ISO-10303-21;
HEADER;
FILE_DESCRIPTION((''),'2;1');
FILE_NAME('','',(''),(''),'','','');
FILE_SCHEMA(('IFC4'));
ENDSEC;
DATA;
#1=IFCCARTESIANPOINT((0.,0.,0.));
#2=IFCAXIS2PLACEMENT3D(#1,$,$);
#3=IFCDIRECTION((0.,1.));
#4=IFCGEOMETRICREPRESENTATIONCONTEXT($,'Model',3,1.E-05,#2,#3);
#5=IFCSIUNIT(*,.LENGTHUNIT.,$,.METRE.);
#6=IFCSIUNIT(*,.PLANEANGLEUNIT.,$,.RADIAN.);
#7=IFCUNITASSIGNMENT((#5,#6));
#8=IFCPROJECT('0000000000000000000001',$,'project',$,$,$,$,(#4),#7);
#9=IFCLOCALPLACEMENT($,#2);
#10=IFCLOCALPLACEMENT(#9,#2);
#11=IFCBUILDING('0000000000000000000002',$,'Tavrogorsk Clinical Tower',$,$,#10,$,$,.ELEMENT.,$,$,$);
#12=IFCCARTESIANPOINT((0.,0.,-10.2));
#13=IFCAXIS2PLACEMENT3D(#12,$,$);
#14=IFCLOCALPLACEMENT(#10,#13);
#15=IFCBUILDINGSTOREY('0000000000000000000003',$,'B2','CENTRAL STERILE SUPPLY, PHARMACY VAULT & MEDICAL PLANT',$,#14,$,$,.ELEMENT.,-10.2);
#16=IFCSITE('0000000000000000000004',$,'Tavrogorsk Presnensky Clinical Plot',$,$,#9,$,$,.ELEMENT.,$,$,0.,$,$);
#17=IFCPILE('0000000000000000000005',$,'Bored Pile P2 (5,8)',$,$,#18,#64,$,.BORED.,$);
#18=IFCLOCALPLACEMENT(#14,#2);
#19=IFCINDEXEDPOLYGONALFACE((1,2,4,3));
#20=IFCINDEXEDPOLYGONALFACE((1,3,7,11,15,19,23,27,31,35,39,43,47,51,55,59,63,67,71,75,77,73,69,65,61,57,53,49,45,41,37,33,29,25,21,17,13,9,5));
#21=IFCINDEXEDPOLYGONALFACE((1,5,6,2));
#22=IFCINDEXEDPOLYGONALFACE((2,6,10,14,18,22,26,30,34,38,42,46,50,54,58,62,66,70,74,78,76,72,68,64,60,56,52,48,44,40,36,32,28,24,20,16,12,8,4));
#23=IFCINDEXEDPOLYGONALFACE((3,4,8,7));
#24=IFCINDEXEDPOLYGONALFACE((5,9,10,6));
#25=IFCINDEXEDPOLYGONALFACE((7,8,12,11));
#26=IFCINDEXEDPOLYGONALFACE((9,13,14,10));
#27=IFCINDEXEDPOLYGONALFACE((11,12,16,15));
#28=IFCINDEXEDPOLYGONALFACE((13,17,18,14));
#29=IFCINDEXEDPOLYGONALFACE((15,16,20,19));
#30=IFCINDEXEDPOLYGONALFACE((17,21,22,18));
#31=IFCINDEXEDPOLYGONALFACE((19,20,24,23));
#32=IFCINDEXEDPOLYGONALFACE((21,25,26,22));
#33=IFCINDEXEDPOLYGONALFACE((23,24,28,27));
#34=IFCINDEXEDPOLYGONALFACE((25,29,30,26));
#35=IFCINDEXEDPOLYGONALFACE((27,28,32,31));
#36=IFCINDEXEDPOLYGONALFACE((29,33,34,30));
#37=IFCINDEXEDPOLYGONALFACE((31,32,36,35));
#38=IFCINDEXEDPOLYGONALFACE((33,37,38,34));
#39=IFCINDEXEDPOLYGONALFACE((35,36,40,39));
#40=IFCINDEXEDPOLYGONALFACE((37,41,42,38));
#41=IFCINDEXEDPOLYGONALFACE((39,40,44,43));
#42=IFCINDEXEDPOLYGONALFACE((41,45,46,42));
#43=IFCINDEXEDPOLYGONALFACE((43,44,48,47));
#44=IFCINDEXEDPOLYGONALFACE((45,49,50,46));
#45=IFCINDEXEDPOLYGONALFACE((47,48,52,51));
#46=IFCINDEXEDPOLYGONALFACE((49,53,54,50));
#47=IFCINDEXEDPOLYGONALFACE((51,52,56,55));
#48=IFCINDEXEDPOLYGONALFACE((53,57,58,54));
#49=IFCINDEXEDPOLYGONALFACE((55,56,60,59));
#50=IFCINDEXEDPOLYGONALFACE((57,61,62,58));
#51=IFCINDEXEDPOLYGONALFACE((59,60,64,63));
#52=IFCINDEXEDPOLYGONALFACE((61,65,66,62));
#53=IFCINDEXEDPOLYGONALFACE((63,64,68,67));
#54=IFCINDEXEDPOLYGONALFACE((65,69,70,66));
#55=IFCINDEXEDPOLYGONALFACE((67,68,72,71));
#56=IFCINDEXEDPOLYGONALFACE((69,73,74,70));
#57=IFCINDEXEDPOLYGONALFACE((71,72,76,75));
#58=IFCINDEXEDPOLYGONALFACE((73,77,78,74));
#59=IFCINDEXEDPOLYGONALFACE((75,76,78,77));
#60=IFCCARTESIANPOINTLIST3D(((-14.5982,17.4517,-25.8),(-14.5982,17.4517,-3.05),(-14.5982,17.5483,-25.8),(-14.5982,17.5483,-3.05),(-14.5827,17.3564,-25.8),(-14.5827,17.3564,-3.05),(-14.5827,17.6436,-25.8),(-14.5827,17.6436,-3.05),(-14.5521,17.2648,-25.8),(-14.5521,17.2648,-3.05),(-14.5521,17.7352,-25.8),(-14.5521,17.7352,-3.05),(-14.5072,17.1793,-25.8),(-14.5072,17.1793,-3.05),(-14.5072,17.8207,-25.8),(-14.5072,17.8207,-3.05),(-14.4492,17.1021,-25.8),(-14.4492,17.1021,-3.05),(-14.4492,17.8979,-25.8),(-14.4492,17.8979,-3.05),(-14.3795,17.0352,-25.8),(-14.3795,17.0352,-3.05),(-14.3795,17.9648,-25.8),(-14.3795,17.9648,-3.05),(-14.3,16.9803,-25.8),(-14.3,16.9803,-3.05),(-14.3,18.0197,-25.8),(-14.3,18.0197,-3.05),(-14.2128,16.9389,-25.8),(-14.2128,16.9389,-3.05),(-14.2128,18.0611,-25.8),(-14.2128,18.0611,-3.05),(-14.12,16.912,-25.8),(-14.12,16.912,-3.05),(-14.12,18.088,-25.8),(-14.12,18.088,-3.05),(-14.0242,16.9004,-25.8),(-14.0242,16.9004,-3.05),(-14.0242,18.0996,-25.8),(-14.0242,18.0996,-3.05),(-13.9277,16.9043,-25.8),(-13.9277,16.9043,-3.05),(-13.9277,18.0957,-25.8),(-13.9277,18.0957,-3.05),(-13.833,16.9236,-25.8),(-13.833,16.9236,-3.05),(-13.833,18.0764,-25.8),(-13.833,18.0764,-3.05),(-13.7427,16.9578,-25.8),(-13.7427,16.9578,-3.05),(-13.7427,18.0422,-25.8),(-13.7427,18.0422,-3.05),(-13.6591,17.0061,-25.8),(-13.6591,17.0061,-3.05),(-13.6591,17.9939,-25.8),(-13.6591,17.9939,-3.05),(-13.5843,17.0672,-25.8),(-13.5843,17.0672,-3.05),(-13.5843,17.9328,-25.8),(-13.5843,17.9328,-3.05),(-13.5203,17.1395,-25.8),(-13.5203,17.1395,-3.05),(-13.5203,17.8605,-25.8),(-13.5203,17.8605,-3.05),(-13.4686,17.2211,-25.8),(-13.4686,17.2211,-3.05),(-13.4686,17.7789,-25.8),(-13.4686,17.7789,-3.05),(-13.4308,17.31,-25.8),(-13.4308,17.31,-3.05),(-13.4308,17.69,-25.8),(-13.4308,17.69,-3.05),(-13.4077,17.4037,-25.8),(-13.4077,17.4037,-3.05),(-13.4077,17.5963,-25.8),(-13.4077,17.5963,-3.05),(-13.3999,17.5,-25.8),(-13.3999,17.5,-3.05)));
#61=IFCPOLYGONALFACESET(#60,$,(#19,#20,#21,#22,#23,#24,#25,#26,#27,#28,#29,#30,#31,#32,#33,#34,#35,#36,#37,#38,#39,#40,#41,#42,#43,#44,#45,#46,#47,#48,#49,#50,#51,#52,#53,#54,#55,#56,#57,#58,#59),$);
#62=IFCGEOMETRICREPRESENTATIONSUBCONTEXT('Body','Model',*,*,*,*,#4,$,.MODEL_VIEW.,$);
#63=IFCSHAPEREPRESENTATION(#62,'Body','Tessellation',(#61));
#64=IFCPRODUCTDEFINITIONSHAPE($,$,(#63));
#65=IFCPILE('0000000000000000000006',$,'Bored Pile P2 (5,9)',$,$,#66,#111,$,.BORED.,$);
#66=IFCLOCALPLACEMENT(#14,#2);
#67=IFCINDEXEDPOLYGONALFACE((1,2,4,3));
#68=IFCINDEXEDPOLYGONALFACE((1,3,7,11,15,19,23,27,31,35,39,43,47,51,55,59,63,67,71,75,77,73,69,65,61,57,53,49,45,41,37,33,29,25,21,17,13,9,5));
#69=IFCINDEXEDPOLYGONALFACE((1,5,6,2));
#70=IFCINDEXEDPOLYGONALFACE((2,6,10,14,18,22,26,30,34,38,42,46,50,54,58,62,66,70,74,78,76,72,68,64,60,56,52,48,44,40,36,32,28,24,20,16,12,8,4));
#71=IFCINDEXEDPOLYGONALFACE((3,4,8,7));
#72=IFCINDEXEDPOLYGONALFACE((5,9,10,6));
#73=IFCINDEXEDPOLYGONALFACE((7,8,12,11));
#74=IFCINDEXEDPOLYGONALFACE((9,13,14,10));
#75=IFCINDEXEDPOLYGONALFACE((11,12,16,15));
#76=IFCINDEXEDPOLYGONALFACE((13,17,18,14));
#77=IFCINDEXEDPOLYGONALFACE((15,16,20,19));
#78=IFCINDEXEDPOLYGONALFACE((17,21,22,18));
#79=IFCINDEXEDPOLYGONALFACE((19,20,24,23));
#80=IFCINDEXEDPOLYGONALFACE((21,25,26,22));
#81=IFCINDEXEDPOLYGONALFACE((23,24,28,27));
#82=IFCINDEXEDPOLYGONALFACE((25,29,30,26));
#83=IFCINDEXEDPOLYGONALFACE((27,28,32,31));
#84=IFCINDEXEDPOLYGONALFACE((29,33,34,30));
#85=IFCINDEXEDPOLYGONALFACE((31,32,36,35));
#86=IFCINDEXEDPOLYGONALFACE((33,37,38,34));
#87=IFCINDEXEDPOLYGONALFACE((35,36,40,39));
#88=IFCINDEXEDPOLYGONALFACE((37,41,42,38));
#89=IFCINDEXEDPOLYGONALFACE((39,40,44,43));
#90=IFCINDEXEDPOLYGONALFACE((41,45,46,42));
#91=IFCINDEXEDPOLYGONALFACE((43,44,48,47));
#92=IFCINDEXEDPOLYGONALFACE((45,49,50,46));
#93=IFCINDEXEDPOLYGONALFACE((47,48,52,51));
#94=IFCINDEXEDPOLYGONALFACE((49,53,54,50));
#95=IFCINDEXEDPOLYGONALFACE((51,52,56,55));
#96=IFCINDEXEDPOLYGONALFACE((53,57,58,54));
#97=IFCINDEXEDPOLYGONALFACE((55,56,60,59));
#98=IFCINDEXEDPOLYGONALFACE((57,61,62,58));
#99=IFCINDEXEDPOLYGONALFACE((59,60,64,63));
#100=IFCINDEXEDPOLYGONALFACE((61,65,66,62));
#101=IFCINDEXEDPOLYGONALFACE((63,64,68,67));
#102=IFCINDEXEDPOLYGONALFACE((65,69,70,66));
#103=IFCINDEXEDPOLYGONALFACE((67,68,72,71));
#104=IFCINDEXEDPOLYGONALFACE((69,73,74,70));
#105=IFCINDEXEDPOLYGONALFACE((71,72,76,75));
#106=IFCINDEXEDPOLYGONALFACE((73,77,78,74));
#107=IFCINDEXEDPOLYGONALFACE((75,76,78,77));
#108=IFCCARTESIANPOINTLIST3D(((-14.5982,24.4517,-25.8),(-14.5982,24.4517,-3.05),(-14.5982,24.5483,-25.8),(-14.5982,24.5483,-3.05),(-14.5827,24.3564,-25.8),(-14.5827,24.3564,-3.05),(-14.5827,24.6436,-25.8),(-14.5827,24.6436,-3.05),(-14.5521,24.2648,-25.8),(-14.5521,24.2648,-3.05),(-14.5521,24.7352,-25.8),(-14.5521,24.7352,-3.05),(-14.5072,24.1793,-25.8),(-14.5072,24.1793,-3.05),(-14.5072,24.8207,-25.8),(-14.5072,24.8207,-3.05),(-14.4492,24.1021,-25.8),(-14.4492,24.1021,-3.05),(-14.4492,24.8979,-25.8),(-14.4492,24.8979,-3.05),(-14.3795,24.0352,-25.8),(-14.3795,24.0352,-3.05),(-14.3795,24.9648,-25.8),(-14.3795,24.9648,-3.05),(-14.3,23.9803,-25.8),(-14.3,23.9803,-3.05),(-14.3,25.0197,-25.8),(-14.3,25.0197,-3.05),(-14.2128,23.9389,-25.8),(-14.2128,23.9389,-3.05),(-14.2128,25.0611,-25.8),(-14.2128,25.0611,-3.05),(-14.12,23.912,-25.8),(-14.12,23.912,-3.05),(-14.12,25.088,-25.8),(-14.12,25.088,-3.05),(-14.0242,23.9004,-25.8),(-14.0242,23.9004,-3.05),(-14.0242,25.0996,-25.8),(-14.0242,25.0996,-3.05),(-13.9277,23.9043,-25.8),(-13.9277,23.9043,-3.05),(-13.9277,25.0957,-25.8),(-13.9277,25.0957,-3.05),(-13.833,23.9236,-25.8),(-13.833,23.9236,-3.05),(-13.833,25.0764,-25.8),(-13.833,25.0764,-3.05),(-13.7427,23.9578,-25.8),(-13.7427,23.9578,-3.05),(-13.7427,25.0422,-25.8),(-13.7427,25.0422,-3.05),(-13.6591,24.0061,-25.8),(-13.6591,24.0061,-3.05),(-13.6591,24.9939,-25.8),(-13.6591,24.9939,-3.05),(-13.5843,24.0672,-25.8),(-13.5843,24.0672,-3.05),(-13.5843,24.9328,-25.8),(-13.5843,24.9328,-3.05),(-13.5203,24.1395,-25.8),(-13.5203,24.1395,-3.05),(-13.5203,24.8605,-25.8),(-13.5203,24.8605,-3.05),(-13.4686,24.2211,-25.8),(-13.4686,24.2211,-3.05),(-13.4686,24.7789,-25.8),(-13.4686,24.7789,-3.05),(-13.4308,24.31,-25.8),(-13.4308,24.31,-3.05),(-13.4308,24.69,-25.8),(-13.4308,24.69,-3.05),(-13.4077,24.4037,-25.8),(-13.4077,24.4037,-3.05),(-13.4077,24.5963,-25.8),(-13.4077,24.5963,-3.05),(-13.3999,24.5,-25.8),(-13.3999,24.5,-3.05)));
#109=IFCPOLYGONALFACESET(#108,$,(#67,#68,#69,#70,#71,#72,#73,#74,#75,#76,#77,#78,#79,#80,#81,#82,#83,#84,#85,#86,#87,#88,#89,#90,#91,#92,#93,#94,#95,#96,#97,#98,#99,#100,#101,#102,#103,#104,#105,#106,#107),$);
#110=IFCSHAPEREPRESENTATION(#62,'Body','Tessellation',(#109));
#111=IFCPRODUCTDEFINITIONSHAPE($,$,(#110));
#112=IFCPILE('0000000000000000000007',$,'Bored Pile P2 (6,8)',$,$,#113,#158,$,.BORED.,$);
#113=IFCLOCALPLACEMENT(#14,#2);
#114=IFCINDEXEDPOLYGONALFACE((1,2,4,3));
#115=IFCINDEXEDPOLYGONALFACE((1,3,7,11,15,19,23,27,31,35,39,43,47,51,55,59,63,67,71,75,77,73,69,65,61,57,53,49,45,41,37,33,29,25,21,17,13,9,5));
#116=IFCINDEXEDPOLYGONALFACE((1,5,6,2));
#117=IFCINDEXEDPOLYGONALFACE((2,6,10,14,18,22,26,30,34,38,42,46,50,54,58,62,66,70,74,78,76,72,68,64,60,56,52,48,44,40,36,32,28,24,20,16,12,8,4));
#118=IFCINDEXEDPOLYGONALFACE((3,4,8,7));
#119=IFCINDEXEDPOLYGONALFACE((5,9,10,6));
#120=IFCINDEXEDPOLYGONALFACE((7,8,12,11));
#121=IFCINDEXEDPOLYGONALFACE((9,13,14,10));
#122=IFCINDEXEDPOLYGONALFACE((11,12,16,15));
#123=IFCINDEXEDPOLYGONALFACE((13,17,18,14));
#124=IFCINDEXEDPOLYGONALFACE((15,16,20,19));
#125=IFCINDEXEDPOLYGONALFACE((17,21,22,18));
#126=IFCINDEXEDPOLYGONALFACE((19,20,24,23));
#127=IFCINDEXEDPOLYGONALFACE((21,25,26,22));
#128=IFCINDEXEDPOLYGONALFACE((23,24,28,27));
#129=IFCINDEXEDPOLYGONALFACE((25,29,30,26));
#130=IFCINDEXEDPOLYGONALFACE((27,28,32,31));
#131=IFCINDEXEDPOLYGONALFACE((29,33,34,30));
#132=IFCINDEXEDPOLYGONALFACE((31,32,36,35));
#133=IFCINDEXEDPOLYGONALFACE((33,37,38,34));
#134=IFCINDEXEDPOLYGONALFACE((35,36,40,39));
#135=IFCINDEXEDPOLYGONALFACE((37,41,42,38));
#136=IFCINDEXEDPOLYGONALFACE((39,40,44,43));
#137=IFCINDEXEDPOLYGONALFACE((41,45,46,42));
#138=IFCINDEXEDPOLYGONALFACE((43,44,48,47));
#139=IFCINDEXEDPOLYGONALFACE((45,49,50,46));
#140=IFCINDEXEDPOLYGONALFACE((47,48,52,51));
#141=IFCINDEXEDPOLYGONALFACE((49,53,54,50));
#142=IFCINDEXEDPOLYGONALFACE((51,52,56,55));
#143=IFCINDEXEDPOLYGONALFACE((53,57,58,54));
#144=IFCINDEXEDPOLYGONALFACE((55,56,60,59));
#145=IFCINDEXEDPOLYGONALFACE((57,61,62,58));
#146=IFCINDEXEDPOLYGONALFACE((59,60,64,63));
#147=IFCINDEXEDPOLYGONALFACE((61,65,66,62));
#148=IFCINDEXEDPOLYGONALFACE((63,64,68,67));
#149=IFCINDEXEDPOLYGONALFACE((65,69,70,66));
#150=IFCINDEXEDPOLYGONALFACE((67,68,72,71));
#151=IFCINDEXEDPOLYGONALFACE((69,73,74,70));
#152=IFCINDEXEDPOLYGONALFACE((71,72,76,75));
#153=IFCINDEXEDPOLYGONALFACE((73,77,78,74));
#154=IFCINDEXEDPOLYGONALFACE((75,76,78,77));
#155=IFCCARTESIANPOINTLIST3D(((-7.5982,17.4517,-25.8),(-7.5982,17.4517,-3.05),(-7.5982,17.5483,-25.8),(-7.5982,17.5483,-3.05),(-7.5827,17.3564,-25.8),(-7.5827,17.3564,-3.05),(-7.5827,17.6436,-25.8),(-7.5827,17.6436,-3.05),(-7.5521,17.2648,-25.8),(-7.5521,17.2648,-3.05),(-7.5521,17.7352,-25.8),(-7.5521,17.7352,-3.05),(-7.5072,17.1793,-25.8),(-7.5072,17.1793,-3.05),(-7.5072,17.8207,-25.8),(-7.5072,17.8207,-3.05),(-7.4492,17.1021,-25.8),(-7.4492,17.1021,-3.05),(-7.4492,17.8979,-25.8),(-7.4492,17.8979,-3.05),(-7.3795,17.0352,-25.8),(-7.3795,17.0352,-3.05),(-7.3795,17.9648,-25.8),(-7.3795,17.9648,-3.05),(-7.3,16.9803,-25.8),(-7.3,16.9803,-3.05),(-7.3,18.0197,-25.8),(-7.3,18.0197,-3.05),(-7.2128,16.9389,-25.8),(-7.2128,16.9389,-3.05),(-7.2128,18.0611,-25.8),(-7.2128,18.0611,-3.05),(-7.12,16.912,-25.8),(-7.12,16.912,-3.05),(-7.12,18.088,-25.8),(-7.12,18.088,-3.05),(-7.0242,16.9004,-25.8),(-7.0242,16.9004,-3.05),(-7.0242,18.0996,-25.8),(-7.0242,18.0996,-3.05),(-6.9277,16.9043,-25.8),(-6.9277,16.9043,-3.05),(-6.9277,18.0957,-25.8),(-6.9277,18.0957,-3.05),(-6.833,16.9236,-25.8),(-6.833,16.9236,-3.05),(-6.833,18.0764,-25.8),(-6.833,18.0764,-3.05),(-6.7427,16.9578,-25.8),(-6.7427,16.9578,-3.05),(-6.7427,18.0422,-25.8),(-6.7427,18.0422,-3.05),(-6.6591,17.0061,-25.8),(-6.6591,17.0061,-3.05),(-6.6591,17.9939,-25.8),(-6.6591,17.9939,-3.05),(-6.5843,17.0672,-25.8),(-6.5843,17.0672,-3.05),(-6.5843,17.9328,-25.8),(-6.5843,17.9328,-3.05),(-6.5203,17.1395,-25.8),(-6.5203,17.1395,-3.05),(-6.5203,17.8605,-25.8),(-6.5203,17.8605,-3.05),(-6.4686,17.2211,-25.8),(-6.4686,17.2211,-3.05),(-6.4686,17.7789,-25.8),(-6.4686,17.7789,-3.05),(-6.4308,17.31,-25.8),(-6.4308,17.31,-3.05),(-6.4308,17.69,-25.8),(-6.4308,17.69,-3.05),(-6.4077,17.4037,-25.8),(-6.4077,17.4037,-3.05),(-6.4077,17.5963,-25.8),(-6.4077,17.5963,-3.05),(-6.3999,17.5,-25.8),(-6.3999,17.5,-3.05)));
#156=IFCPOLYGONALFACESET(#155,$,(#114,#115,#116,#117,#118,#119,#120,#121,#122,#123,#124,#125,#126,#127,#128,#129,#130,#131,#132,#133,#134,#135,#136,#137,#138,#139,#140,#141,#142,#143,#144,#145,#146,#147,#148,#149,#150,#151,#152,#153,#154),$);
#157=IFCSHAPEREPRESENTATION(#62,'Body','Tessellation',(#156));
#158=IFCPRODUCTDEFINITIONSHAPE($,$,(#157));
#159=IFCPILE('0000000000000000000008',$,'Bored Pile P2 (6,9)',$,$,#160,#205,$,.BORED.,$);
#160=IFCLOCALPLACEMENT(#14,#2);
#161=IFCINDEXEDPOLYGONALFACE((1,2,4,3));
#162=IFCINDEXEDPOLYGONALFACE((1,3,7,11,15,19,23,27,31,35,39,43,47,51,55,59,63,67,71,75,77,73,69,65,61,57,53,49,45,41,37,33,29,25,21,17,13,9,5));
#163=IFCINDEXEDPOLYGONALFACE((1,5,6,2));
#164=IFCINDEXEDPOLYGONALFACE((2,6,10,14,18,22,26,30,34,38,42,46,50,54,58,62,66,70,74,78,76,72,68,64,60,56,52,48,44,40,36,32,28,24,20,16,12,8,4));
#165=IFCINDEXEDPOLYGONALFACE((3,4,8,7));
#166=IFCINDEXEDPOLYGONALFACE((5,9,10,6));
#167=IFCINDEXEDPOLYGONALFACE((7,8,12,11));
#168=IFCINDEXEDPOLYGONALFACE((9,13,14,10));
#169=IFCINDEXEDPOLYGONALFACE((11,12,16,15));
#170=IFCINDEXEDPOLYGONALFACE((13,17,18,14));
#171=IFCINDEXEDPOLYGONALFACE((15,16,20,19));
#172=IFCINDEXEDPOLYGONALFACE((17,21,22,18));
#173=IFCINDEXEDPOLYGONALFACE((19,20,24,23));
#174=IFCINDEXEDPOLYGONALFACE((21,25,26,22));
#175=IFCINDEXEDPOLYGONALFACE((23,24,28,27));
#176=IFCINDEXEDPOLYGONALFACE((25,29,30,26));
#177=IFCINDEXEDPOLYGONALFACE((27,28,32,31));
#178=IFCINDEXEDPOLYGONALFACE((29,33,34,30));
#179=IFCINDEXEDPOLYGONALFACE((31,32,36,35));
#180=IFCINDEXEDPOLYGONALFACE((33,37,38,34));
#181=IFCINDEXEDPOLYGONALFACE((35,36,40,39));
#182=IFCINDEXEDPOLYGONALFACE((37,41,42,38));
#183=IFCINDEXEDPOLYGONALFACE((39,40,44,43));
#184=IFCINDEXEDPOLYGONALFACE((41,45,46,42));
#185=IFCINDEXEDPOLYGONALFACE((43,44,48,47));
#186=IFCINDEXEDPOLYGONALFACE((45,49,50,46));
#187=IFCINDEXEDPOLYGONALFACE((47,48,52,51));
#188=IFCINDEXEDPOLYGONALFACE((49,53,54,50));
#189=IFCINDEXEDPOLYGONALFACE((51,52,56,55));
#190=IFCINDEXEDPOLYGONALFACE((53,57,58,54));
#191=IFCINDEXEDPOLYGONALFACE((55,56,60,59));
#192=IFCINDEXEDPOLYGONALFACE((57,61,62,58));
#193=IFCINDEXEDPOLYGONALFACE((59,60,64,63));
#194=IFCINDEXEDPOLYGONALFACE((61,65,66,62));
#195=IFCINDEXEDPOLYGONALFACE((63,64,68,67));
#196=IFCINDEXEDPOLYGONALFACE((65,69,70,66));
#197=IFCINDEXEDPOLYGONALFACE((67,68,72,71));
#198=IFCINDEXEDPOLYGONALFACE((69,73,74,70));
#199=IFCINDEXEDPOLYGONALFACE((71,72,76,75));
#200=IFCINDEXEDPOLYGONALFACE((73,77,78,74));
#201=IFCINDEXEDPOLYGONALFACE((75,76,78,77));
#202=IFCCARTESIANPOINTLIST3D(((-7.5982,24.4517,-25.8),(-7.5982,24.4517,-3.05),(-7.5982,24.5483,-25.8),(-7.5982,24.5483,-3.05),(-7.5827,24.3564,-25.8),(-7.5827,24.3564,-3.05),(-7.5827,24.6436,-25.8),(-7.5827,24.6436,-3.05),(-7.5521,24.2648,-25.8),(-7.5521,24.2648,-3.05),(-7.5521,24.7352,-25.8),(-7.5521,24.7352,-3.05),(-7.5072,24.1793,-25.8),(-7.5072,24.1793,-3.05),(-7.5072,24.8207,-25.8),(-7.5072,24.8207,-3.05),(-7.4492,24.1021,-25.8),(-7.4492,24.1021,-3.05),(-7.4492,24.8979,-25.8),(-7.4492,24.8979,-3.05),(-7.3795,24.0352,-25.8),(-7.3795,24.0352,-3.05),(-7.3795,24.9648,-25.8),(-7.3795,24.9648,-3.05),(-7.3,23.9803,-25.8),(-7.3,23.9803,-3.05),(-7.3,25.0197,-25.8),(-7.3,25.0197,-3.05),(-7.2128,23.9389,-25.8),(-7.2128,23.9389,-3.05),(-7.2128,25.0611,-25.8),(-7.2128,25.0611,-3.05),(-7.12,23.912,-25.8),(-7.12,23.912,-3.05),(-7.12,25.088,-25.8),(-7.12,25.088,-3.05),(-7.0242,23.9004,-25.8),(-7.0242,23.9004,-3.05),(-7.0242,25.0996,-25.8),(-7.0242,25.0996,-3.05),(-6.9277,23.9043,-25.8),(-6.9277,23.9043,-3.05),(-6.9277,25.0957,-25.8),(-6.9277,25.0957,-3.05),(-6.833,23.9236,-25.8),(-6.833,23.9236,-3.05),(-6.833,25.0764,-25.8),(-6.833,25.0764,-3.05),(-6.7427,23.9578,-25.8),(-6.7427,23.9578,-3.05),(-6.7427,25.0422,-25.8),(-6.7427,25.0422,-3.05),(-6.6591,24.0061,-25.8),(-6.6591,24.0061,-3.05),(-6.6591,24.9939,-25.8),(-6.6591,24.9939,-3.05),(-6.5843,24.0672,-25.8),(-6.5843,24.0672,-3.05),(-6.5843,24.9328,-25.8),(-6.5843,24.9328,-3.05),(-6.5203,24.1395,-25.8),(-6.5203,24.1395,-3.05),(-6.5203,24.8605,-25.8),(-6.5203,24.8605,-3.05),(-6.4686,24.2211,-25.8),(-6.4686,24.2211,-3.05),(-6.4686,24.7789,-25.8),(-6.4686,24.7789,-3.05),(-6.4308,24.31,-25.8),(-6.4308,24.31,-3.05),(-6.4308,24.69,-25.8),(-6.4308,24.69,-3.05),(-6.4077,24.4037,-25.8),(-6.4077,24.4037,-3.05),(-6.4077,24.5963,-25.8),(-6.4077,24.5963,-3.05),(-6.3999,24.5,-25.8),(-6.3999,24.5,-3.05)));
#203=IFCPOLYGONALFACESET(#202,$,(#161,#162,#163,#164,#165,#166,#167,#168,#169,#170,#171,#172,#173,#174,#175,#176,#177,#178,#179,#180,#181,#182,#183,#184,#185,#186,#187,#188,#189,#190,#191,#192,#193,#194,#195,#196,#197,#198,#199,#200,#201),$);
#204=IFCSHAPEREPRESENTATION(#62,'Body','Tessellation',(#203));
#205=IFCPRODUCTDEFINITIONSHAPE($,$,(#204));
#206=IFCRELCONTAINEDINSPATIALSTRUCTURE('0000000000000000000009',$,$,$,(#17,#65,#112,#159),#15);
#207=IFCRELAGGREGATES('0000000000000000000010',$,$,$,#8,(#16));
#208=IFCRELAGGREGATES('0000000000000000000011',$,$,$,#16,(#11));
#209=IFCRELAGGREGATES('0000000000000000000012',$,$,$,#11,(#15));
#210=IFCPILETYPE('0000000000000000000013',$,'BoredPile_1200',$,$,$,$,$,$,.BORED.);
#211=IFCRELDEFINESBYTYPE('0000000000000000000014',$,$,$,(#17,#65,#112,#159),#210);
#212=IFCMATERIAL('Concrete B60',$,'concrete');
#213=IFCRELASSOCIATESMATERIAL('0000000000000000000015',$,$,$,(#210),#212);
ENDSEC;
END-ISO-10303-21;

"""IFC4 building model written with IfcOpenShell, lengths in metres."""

from ifc_helpers import new_model, si_unit, direction, frame, origin, origin_2d, place, context, subcontext, project, spatial, circle, extrude, material, material_profile, profile_set, type_object, element, save


model = new_model("IFC4")

# Units and contexts
model_context = context("Model", 3, precision=1e-05, world=origin(), true_north=direction((0.0, 1.0)))
body_context = subcontext(model_context, "Body", "Model", "MODEL_VIEW")
ifc_project = project(units=[si_unit("LENGTHUNIT", "METRE"), si_unit("PLANEANGLEUNIT", "RADIAN")], contexts=[model_context])

# Site, building, storey
site_placement = place(None, origin())
site = spatial("IfcSite", under=ifc_project, at=site_placement, Name="Tavrogorsk Presnensky Clinical Plot", CompositionType="ELEMENT", RefElevation=0.0)
building_placement = place(site_placement, origin())
building = spatial("IfcBuilding", under=site, at=building_placement, Name="Tavrogorsk Clinical Tower", CompositionType="ELEMENT")
storey_placement = place(building_placement, frame((0.0, 0.0, -10.2)))
storey = spatial("IfcBuildingStorey", under=building, at=storey_placement, Name="B2", Description="CENTRAL STERILE SUPPLY, PHARMACY VAULT & MEDICAL PLANT", CompositionType="ELEMENT", Elevation=-10.2)

# Piles
ifc_material_1 = material(Name="Concrete B60", Category="concrete")
ifc_material_profile_1 = material_profile(ifc_material_1, circle(Radius=0.6001, at=origin_2d()), Name="BORED-PILE-1200")
ifc_profile_set_1 = profile_set([ifc_material_profile_1], Name="Concrete B60")
pile_type_1 = type_object("IfcPileType", Name="BoredPile_1200", PredefinedType="BORED", material=ifc_profile_set_1)
for number, where, z_axis, x_axis, name in (
    (1, (-14.0, 17.5, -3.05), (0.0, 0.0, -1.0), (1.0, 0.0, 0.0), "Bored Pile P2 (5,8)"),
    (2, (-14.0, 24.5, -3.05), (0.0, 0.0, -1.0), (1.0, 0.0, 0.0), "Bored Pile P2 (5,9)"),
    (3, (-7.0, 17.5, -3.05), (0.0, 0.0, -1.0), (1.0, 0.0, 0.0), "Bored Pile P2 (6,8)"),
    (4, (-7.0, 24.5, -3.05), (0.0, 0.0, -1.0), (1.0, 0.0, 0.0), "Bored Pile P2 (6,9)"),
):
    element("IfcPile", number, at=place(storey_placement, frame(where, z_axis=z_axis, x_axis=x_axis)), inside=storey, type_object=pile_type_1, Name=name, PredefinedType="BORED", context=body_context, shape_type="SweptSolid", body=[
        extrude(circle(Radius=0.6001, at=origin_2d()), origin(), (0.0, 0.0, 1.0), 22.75),
    ])

save(model, "model.ifc")
